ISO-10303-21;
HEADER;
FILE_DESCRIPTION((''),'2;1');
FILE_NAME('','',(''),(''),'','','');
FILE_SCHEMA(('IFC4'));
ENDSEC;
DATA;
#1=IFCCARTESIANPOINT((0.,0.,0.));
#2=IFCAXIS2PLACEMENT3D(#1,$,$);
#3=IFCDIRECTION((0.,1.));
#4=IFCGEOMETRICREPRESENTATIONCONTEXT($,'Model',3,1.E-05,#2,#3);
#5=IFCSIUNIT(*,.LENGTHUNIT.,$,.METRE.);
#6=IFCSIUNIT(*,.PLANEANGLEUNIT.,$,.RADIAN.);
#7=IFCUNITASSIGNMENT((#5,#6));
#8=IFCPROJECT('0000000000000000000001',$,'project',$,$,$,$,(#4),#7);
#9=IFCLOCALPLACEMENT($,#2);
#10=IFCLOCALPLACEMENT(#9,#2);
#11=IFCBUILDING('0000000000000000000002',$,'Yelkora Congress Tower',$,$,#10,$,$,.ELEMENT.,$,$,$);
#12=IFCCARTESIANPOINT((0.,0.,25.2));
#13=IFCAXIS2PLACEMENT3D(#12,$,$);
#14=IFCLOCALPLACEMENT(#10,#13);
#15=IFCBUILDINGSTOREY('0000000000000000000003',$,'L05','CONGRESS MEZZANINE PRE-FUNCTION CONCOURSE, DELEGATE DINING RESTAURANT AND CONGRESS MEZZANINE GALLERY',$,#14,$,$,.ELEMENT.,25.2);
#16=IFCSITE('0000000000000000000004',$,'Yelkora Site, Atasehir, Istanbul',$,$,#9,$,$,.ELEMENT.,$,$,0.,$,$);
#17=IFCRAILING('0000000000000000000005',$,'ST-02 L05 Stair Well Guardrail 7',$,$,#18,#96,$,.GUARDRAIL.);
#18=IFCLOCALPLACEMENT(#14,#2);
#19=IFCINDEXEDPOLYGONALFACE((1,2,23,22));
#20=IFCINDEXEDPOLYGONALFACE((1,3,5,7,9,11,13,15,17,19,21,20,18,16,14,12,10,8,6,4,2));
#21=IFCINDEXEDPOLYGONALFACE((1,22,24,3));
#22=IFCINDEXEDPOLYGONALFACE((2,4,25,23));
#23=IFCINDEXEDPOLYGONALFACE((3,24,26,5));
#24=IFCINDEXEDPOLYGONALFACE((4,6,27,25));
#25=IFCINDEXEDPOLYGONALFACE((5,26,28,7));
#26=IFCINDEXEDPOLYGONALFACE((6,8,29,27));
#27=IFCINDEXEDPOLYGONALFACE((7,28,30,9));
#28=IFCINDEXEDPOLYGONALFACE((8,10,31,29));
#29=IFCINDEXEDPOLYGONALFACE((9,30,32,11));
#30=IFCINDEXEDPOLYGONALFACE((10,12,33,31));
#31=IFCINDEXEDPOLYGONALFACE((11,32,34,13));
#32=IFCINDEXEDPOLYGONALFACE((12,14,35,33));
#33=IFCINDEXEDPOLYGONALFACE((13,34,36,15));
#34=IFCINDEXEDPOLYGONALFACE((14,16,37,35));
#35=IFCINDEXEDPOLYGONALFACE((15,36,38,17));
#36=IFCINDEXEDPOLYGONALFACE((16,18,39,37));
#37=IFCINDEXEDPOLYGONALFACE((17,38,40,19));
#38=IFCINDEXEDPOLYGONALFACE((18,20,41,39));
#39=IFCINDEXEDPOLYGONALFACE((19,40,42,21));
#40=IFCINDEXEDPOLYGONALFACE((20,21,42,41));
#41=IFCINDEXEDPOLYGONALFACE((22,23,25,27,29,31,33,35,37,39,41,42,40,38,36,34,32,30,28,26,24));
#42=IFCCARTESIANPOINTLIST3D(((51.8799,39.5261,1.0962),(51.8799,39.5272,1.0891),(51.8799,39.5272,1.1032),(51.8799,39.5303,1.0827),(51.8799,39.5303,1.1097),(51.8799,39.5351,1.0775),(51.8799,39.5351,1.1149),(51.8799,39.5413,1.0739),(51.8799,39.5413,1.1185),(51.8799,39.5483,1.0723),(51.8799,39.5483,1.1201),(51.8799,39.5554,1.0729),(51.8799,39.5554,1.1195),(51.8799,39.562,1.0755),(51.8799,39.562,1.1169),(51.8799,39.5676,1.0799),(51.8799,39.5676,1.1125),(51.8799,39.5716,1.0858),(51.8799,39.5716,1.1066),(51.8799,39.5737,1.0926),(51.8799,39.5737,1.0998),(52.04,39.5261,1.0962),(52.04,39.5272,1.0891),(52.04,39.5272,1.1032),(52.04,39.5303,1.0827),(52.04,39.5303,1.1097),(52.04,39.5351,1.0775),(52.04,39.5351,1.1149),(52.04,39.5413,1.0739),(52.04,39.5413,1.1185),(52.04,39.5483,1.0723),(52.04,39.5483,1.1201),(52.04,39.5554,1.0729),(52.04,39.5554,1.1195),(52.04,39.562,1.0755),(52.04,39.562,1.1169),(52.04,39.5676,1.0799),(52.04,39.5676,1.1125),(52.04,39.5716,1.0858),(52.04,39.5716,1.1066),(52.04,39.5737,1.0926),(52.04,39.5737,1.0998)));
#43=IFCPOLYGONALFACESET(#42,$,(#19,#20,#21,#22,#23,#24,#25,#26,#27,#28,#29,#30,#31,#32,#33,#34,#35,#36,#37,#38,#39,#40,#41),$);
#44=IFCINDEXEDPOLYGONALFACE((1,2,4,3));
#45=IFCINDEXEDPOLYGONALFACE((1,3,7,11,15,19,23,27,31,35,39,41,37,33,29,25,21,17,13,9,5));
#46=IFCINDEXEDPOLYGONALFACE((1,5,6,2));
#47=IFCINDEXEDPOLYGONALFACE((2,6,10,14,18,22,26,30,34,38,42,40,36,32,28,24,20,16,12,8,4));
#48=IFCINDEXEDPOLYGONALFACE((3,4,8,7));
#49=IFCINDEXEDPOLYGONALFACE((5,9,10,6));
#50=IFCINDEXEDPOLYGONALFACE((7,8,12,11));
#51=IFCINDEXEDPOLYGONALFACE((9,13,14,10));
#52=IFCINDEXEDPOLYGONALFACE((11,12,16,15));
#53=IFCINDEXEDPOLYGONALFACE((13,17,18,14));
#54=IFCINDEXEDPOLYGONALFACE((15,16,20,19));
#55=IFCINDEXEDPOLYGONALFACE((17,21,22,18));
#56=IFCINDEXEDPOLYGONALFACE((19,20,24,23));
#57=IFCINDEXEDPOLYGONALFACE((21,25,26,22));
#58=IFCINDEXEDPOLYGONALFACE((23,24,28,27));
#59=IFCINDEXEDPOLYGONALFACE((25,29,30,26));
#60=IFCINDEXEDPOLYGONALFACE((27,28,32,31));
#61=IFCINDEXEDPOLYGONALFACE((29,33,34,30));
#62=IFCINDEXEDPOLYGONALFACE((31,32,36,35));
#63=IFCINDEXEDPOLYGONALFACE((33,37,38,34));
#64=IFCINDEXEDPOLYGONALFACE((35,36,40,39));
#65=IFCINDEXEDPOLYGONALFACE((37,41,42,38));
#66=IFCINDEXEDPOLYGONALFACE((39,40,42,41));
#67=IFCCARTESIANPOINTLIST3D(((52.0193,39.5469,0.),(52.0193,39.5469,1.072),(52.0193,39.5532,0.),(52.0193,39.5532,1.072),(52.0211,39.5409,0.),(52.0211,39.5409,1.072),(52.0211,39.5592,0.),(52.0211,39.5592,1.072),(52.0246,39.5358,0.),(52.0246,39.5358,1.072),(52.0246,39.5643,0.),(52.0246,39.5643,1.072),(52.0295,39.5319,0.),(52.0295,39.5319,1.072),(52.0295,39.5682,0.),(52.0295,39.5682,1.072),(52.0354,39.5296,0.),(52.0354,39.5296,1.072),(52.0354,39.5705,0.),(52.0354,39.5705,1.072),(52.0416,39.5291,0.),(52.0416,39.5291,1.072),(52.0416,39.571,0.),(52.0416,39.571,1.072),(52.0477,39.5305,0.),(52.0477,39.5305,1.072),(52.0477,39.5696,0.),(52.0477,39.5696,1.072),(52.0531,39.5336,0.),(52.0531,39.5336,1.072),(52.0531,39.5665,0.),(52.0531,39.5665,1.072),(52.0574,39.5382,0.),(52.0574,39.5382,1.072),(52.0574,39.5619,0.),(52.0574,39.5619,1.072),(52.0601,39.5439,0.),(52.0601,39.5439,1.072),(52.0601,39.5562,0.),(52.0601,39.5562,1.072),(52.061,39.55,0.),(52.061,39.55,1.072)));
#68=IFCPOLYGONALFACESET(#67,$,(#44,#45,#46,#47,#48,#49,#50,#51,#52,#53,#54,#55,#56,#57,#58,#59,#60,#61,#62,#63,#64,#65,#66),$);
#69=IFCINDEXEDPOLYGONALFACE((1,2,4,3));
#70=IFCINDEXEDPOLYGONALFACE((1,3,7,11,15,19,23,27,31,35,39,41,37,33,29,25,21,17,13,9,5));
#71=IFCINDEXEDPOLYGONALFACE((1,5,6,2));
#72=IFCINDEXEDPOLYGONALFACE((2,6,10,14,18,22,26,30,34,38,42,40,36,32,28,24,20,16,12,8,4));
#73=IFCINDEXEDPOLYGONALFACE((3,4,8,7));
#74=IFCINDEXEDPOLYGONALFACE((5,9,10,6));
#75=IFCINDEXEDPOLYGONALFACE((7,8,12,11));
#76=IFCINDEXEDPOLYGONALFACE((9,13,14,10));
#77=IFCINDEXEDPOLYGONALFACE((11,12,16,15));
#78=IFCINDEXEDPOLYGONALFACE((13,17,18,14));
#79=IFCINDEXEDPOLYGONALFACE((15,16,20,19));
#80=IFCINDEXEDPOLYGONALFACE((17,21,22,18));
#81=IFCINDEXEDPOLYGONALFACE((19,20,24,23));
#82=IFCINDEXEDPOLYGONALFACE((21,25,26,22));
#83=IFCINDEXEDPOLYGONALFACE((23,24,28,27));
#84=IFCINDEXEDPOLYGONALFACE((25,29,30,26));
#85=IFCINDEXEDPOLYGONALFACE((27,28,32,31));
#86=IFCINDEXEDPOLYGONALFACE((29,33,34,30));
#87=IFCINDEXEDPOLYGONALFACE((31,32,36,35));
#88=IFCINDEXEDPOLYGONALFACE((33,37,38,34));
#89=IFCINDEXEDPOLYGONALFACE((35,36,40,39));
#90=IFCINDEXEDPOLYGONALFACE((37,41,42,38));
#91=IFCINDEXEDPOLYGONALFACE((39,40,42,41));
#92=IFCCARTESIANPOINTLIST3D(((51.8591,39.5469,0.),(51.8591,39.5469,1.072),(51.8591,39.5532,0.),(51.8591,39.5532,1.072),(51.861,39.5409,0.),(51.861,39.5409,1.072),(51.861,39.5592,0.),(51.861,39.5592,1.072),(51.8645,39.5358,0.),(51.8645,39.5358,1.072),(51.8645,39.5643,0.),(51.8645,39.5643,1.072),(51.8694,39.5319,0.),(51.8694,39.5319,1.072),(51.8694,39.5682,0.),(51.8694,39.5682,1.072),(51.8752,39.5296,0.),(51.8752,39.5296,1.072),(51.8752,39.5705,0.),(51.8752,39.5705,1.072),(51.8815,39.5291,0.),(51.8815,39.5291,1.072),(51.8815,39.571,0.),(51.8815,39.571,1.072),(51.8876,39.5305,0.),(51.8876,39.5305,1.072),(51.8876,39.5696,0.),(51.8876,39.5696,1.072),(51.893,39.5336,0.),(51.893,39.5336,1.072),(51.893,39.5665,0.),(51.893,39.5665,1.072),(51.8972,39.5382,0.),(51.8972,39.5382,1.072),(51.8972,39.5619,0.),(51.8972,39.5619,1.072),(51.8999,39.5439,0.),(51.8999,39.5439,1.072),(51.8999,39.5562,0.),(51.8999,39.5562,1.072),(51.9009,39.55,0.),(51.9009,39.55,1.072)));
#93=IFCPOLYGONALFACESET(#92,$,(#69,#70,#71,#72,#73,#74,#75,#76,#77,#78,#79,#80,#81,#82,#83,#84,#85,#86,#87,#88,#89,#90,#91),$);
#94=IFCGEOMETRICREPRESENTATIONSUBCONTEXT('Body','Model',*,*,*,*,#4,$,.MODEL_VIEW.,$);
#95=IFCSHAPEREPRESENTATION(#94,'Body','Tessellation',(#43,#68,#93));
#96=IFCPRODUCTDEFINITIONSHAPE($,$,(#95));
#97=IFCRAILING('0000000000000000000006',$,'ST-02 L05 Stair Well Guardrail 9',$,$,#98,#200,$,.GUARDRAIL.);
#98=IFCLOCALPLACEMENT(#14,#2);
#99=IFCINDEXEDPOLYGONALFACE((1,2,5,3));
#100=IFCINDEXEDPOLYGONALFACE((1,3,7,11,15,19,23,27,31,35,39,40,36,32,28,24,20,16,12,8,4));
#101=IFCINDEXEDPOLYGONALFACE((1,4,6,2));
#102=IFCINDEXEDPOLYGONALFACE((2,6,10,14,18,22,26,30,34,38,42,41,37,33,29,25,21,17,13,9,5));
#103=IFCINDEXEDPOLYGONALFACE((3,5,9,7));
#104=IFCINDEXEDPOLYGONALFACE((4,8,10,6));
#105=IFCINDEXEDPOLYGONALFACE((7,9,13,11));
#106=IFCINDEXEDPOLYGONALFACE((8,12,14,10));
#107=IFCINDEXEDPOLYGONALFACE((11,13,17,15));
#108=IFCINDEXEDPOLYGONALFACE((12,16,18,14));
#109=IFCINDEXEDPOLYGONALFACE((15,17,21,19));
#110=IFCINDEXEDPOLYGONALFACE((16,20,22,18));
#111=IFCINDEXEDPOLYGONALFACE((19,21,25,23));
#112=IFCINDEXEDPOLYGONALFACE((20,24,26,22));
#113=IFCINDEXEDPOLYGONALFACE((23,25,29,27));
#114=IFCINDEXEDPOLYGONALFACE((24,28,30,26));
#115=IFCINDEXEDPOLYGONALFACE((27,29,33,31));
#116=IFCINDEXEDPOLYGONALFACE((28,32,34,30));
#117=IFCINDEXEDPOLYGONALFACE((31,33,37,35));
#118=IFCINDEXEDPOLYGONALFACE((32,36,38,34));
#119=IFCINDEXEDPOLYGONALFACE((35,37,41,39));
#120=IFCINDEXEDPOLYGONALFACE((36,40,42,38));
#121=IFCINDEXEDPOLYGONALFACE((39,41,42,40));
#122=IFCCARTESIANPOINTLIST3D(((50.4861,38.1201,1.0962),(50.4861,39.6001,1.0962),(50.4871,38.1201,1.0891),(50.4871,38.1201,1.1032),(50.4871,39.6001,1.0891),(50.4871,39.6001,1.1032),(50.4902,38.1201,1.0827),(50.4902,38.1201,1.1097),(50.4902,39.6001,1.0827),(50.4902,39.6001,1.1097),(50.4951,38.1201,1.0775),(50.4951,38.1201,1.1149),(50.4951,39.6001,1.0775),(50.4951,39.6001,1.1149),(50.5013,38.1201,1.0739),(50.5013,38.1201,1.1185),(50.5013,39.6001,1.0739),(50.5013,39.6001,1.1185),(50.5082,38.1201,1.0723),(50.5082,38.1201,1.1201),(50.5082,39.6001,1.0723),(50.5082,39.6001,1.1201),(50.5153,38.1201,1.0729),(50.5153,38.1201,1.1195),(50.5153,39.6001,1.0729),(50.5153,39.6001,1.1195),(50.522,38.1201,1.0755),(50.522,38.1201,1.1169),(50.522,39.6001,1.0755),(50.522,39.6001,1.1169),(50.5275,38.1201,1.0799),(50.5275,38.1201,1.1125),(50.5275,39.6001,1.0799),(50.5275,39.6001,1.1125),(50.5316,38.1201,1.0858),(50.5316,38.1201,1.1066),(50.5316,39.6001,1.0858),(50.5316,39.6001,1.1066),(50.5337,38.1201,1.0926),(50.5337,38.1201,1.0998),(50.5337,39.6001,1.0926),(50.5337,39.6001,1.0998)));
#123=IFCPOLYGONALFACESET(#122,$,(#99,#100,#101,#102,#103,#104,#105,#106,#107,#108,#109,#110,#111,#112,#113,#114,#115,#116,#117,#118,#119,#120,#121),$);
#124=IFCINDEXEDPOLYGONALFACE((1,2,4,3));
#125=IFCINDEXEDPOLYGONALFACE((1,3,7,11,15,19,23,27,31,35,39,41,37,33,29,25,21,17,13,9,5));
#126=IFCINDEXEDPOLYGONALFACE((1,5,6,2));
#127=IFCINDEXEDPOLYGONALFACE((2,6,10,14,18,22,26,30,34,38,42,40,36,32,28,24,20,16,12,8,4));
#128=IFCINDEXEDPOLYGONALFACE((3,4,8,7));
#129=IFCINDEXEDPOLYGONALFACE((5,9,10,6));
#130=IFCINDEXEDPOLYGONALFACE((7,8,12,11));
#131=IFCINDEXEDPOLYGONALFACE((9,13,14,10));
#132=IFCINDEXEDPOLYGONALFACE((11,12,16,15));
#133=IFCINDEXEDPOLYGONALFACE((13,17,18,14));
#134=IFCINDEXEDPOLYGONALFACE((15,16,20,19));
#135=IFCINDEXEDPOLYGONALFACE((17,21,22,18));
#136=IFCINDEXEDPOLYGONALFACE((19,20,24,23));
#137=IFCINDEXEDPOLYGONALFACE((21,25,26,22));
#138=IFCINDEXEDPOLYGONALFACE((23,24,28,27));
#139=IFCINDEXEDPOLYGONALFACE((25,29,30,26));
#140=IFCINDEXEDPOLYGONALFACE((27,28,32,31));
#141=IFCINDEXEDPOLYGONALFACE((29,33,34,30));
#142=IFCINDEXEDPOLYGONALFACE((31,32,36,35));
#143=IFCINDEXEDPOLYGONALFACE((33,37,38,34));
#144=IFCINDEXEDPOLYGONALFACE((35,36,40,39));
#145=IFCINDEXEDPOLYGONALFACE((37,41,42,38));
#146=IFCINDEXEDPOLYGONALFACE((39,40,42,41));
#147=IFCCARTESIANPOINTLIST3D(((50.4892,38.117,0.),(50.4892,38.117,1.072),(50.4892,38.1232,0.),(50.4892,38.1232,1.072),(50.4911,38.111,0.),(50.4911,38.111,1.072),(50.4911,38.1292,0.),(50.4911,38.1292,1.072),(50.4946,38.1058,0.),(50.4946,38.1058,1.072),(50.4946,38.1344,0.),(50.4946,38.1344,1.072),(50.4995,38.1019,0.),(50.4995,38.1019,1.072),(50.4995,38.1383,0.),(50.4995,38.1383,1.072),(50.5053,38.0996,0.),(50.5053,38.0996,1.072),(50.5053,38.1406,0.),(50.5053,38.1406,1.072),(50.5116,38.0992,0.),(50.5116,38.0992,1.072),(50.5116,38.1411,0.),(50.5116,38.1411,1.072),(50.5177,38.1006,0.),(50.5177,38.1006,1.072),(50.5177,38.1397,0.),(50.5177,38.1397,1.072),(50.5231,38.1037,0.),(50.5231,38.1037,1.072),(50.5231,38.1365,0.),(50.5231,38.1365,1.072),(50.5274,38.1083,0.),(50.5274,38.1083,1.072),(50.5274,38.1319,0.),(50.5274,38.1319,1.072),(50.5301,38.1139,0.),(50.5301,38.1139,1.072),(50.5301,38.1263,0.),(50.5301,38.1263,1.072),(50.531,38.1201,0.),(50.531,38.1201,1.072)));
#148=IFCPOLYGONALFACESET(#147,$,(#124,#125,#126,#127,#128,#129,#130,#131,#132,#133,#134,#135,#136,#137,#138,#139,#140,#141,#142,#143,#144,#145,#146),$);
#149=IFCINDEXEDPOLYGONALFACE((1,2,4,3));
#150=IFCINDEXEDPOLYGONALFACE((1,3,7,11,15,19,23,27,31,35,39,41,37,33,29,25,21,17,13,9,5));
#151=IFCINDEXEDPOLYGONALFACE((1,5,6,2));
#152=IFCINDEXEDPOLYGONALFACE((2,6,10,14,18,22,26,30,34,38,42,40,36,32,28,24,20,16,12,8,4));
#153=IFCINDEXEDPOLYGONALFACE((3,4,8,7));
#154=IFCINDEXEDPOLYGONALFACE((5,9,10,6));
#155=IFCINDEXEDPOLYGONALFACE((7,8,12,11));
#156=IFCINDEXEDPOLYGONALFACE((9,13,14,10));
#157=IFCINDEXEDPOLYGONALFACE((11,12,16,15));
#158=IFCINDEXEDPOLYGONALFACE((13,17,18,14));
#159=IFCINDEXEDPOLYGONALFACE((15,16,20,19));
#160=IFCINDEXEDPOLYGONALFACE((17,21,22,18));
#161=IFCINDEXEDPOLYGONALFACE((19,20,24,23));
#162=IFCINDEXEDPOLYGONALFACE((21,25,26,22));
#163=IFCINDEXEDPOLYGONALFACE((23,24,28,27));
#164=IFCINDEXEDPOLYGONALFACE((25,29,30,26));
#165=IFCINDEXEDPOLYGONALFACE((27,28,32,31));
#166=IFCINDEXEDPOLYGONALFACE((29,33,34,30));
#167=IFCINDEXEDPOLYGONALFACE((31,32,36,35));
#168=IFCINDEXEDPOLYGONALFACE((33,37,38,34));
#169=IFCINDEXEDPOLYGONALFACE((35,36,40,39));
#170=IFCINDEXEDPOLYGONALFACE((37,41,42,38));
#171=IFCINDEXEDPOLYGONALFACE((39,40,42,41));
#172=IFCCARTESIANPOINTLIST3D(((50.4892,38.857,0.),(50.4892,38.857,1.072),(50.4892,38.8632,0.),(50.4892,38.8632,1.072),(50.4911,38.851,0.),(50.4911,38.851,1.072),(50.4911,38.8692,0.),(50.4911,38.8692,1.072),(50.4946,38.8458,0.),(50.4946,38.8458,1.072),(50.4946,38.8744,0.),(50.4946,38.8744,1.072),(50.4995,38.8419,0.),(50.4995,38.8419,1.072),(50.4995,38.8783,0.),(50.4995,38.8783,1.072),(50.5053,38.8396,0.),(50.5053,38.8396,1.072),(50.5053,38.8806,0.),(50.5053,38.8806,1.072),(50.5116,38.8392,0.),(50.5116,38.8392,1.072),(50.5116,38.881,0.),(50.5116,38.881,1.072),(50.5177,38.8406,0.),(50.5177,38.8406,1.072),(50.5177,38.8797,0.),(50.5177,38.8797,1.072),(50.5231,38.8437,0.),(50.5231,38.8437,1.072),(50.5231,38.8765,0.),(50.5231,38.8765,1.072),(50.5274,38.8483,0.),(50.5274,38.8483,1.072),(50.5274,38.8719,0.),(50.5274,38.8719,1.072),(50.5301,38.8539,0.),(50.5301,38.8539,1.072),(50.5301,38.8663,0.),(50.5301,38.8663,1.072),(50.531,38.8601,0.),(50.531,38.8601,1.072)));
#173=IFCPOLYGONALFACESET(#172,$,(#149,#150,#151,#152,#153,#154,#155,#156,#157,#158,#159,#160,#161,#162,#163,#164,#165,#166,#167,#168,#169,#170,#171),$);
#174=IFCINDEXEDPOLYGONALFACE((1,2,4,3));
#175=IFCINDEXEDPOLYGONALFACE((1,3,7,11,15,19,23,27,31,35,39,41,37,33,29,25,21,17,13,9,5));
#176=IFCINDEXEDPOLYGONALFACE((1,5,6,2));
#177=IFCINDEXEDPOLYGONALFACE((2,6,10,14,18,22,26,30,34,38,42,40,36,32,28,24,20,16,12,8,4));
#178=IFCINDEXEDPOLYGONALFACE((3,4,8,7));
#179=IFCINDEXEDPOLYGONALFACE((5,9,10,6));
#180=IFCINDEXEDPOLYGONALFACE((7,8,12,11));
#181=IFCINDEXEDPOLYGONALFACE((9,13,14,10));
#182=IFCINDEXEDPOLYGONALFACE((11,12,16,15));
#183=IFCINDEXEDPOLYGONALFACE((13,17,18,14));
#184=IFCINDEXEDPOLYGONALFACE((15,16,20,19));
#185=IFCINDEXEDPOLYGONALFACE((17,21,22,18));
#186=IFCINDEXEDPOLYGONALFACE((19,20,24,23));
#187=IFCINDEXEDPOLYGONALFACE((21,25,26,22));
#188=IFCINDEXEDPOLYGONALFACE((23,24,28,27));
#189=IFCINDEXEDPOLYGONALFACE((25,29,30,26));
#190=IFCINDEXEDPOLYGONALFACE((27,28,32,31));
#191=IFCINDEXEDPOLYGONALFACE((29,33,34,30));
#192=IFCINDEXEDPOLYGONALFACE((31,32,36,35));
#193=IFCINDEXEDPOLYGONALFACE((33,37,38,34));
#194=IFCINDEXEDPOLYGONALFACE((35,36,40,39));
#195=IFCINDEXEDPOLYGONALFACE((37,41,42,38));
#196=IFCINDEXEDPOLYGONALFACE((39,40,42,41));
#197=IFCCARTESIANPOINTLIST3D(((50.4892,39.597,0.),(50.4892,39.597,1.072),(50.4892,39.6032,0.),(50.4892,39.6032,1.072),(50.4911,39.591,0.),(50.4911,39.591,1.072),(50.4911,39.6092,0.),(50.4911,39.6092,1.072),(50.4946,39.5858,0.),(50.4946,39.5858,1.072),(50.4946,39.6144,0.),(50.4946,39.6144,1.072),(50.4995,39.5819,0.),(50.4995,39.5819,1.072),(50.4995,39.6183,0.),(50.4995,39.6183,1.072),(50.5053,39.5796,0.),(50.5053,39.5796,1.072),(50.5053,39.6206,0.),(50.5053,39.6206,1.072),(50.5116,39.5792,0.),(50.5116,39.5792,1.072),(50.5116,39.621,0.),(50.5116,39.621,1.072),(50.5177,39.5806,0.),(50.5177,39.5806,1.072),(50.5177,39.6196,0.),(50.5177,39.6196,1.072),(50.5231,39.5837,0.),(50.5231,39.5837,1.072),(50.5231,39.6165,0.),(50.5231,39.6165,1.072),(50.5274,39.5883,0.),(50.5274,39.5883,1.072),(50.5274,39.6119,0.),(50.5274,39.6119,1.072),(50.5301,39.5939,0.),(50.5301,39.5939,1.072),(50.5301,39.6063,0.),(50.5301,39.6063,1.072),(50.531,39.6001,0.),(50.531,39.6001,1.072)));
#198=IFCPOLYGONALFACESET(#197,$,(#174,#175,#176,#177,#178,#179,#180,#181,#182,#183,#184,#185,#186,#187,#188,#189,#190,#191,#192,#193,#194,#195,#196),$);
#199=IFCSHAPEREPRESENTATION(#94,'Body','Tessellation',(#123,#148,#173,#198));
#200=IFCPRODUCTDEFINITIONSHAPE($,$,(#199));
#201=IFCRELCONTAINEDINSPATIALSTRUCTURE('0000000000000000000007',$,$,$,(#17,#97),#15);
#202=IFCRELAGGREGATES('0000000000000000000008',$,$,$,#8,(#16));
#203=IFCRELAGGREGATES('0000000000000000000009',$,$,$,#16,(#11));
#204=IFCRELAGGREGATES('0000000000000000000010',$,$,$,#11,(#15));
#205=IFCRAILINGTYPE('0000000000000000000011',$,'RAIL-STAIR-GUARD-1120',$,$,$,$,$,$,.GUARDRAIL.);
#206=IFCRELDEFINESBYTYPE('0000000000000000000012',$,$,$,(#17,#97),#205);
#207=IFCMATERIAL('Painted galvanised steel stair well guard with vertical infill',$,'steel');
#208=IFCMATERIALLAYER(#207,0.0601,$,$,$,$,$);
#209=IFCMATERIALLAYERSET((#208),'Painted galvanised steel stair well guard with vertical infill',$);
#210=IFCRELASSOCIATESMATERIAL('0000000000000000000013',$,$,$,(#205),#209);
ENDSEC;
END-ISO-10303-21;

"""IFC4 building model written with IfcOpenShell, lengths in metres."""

from ifc_helpers import new_model, si_unit, direction, frame, origin, origin_2d, place, context, subcontext, project, spatial, circle, extrude, material, layer, layer_set, type_object, element, save


model = new_model("IFC4")

# Units and contexts
model_context = context("Model", 3, precision=1e-05, world=origin(), true_north=direction((0.0, 1.0)))
body_context = subcontext(model_context, "Body", "Model", "MODEL_VIEW")
ifc_project = project(units=[si_unit("LENGTHUNIT", "METRE"), si_unit("PLANEANGLEUNIT", "RADIAN")], contexts=[model_context])

# Site, building, storey
site_placement = place(None, origin())
site = spatial("IfcSite", under=ifc_project, at=site_placement, Name="Yelkora Site, Atasehir, Istanbul", CompositionType="ELEMENT", RefElevation=0.0)
building_placement = place(site_placement, origin())
building = spatial("IfcBuilding", under=site, at=building_placement, Name="Yelkora Congress Tower", CompositionType="ELEMENT")
storey_placement = place(building_placement, frame((0.0, 0.0, 25.2)))
storey = spatial("IfcBuildingStorey", under=building, at=storey_placement, Name="L05", Description="CONGRESS MEZZANINE PRE-FUNCTION CONCOURSE, DELEGATE DINING RESTAURANT AND CONGRESS MEZZANINE GALLERY", CompositionType="ELEMENT", Elevation=25.2)

# Railings
ifc_material_1 = material(Name="Painted galvanised steel stair well guard with vertical infill", Category="steel")
ifc_layer_1 = layer(ifc_material_1, 0.0601)
ifc_layer_set_1 = layer_set([ifc_layer_1], Name="Painted galvanised steel stair well guard with vertical infill")
railing_type_1 = type_object("IfcRailingType", Name="RAIL-STAIR-GUARD-1120", PredefinedType="GUARDRAIL", material=ifc_layer_set_1)
railing_1_placement = place(storey_placement, frame((52.04, 39.55, 0.0)))
element("IfcRailing", 1, at=railing_1_placement, inside=storey, type_object=railing_type_1, Name="ST-02 L05 Stair Well Guardrail 7", PredefinedType="GUARDRAIL", context=body_context, shape_type="SweptSolid", body=[
    extrude(circle(Radius=0.0239, at=origin_2d()), frame((0.0, 0.0, 1.0962), z_axis=(-1.0, 0.0, 0.0), x_axis=(0.0, -1.0, 0.0)), (0.0, 0.0, 1.0), 0.1602),
    extrude(circle(Radius=0.021, at=origin_2d()), origin(), (0.0, 0.0, 1.0), 1.072),
    extrude(circle(Radius=0.021, at=origin_2d()), frame((-0.1602, 0.0, 0.0)), (0.0, 0.0, 1.0), 1.072),
])
railing_2_placement = place(storey_placement, frame((50.51, 38.1201, 0.0)))
element("IfcRailing", 2, at=railing_2_placement, inside=storey, type_object=railing_type_1, Name="ST-02 L05 Stair Well Guardrail 9", PredefinedType="GUARDRAIL", context=body_context, shape_type="SweptSolid", body=[
    extrude(circle(Radius=0.0239, at=origin_2d()), frame((0.0, 0.0, 1.0962), z_axis=(0.0, 1.0, 0.0), x_axis=(-1.0, 0.0, 0.0)), (0.0, 0.0, 1.0), 1.48),
    extrude(circle(Radius=0.021, at=origin_2d()), origin(), (0.0, 0.0, 1.0), 1.072),
    extrude(circle(Radius=0.021, at=origin_2d()), frame((0.0, 0.74, 0.0)), (0.0, 0.0, 1.0), 1.072),
    extrude(circle(Radius=0.021, at=origin_2d()), frame((0.0, 1.48, 0.0)), (0.0, 0.0, 1.0), 1.072),
])

save(model, "model.ifc")
